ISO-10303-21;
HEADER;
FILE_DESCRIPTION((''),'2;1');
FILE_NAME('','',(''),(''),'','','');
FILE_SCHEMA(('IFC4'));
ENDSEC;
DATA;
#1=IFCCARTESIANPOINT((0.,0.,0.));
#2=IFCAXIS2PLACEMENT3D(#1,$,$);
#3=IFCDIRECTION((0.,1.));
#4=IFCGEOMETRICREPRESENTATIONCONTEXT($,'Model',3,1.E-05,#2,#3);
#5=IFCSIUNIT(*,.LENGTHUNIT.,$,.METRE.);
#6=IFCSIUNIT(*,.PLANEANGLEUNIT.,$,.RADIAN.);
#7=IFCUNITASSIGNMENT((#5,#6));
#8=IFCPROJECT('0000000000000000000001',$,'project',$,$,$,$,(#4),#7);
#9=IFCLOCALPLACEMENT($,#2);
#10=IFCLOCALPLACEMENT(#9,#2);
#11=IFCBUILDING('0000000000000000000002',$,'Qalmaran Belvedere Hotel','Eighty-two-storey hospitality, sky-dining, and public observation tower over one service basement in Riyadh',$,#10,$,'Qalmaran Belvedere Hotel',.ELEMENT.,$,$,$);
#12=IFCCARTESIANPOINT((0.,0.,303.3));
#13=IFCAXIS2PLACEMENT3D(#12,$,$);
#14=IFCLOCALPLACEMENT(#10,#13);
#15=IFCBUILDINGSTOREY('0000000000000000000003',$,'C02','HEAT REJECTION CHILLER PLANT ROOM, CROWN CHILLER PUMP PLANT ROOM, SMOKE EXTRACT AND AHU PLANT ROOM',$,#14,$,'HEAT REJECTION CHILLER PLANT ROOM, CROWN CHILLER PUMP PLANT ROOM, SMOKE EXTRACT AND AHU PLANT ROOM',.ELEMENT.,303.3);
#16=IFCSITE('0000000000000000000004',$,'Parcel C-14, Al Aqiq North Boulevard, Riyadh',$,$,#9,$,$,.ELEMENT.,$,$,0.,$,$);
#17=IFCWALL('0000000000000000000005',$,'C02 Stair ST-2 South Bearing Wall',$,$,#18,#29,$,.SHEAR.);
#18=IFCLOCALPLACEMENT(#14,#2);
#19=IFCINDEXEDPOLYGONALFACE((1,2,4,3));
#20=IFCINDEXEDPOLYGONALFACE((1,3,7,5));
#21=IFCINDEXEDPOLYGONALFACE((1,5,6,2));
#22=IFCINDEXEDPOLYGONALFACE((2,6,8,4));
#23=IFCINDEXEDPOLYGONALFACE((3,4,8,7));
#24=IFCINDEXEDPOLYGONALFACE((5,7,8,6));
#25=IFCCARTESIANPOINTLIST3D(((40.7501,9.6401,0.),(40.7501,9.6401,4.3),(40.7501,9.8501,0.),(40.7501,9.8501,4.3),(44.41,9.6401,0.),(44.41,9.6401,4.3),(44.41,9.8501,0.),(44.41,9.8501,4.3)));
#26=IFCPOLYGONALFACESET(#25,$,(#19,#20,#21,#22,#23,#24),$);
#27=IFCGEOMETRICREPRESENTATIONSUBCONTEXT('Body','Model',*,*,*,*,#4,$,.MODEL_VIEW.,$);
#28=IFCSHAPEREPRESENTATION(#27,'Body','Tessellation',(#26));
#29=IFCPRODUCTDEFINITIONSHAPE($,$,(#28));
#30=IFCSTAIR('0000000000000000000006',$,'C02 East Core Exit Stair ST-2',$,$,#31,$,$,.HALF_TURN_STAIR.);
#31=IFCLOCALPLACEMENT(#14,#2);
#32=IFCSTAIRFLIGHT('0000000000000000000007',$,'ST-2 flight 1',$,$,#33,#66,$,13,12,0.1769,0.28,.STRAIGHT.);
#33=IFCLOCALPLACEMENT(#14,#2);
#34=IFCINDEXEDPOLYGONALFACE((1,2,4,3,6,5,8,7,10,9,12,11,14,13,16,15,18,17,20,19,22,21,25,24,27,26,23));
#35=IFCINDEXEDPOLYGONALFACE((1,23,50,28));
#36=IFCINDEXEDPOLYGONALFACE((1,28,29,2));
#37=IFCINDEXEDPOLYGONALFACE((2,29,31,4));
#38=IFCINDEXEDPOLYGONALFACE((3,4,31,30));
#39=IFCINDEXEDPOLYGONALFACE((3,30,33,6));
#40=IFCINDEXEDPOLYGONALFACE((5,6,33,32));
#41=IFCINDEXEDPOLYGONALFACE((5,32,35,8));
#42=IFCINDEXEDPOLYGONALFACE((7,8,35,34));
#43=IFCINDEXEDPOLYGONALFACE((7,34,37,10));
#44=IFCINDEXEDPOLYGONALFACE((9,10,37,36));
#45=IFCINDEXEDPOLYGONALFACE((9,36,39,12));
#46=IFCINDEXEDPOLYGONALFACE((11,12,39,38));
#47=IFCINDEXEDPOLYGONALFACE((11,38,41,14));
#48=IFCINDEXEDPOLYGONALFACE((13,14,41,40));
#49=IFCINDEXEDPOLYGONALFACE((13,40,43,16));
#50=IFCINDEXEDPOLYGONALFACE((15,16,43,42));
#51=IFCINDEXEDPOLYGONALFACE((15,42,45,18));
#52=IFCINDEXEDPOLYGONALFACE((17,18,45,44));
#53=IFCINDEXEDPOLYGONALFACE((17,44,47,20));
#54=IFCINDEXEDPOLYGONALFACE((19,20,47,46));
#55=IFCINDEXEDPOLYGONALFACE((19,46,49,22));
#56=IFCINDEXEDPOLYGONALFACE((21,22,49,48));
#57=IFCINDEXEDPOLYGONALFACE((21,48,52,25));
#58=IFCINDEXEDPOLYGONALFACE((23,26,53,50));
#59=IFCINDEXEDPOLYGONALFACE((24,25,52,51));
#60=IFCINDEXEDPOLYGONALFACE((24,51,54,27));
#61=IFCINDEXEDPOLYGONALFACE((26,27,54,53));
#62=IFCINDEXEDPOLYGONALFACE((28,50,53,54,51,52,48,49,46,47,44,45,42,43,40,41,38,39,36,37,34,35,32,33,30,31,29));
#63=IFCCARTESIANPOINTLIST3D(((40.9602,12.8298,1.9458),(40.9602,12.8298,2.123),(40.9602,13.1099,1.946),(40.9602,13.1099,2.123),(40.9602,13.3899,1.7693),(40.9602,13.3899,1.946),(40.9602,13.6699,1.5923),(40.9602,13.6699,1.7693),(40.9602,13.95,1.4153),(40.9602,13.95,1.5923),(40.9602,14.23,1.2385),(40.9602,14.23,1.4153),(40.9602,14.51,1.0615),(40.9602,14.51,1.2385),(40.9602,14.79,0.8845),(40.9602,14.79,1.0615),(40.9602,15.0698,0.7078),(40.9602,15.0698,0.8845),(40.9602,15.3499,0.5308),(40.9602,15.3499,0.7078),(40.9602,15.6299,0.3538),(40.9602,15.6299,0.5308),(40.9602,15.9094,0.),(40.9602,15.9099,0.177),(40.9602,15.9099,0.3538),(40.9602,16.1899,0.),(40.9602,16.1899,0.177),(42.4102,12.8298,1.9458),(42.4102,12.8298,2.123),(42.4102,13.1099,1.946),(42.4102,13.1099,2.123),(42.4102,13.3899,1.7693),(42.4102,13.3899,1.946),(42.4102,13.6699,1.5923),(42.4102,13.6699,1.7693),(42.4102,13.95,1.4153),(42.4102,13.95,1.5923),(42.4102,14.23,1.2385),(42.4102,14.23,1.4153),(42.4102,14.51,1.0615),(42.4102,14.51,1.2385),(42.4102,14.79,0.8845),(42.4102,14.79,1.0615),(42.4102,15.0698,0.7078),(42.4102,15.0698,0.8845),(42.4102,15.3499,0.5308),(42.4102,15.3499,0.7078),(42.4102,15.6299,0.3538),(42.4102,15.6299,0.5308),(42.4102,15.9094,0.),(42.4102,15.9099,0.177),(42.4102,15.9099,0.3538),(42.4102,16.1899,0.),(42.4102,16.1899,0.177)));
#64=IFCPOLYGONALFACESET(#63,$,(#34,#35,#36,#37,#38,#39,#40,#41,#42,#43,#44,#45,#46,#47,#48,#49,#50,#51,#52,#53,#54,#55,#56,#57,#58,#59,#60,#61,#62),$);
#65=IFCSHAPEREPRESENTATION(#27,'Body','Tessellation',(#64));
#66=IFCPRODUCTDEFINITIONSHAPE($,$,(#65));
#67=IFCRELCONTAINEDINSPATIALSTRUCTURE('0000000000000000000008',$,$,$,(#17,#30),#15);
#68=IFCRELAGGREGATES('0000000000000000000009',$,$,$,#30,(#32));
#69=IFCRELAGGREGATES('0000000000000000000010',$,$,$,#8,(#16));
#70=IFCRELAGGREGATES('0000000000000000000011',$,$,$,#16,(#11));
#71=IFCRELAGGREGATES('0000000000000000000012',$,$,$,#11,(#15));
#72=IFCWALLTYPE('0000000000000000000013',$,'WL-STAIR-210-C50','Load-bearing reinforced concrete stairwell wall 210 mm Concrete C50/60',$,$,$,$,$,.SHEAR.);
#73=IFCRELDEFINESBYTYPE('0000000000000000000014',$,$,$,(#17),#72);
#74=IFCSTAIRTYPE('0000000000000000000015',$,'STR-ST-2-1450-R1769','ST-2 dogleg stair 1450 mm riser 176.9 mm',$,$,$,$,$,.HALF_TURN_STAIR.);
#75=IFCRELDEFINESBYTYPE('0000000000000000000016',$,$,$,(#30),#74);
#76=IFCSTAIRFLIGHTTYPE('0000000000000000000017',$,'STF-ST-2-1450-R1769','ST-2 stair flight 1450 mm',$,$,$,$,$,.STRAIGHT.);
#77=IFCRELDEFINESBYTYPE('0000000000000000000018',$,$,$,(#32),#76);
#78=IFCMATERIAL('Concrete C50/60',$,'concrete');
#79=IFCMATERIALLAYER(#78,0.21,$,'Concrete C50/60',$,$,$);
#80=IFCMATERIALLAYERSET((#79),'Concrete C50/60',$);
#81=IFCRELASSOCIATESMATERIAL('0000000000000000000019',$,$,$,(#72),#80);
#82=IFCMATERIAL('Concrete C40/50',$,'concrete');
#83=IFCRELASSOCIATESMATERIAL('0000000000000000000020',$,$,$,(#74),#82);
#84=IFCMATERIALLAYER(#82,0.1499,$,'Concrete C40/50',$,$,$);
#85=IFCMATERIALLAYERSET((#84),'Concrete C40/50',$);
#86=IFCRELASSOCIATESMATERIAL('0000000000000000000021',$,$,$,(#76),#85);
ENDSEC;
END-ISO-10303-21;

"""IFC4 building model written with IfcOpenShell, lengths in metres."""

from ifc_helpers import new_model, si_unit, direction, frame, frame_2d, origin, place, context, subcontext, project, spatial, polyline, rectangle, outline, extrude, material, layer, layer_set, type_object, element, aggregate, save


model = new_model("IFC4")

# Units and contexts
model_context = context("Model", 3, precision=1e-05, world=origin(), true_north=direction((0.0, 1.0)))
body_context = subcontext(model_context, "Body", "Model", "MODEL_VIEW")
ifc_project = project(units=[si_unit("LENGTHUNIT", "METRE"), si_unit("PLANEANGLEUNIT", "RADIAN")], contexts=[model_context])

# Site, building, storey
site_placement = place(None, origin())
site = spatial("IfcSite", under=ifc_project, at=site_placement, Name="Parcel C-14, Al Aqiq North Boulevard, Riyadh", CompositionType="ELEMENT", RefElevation=0.0)
building_placement = place(site_placement, origin())
building = spatial("IfcBuilding", under=site, at=building_placement, Name="Qalmaran Belvedere Hotel", Description="Eighty-two-storey hospitality, sky-dining, and public observation tower over one service basement in Riyadh", LongName="Qalmaran Belvedere Hotel", CompositionType="ELEMENT")
storey_placement = place(building_placement, frame((0.0, 0.0, 303.3)))
storey = spatial("IfcBuildingStorey", under=building, at=storey_placement, Name="C02", Description="HEAT REJECTION CHILLER PLANT ROOM, CROWN CHILLER PUMP PLANT ROOM, SMOKE EXTRACT AND AHU PLANT ROOM", LongName="HEAT REJECTION CHILLER PLANT ROOM, CROWN CHILLER PUMP PLANT ROOM, SMOKE EXTRACT AND AHU PLANT ROOM", CompositionType="ELEMENT", Elevation=303.3)

# Shared definitions
ifc_material_1 = material(Name="Concrete C50/60", Category="concrete")

# Wall
ifc_layer_1 = layer(ifc_material_1, 0.21, Name="Concrete C50/60")
ifc_layer_set_1 = layer_set([ifc_layer_1], Name="Concrete C50/60")
wall_type_1 = type_object("IfcWallType", Name="WL-STAIR-210-C50", Description="Load-bearing reinforced concrete stairwell wall 210 mm Concrete C50/60", PredefinedType="SHEAR", material=ifc_layer_set_1)
wall_1_placement = place(storey_placement, frame((40.75, 9.7451, 0.0), z_axis=(0.0, 0.0, 1.0), x_axis=(1.0, 0.0, 0.0)))
element("IfcWall", 1, at=wall_1_placement, inside=storey, type_object=wall_type_1, Name="C02 Stair ST-2 South Bearing Wall", PredefinedType="SHEAR", context=body_context, shape_type="SweptSolid", body=[
    extrude(rectangle(XDim=3.6599, YDim=0.21, at=frame_2d((1.8301, 0.0))), origin(), (0.0, 0.0, 1.0), 4.3),
])

# Stair, stair flight
ifc_material_2 = material(Name="Concrete C40/50", Category="concrete")
stair_type = type_object("IfcStairType", Name="STR-ST-2-1450-R1769", Description="ST-2 dogleg stair 1450 mm riser 176.9 mm", PredefinedType="HALF_TURN_STAIR", material=ifc_material_2)
stair_placement = place(storey_placement, origin())
stair = element("IfcStair", 2, at=stair_placement, inside=storey, type_object=stair_type, Name="C02 East Core Exit Stair ST-2", PredefinedType="HALF_TURN_STAIR")
ifc_layer_2 = layer(ifc_material_2, 0.1499, Name="Concrete C40/50")
ifc_layer_set_2 = layer_set([ifc_layer_2], Name="Concrete C40/50")
stair_flight_type = type_object("IfcStairFlightType", Name="STF-ST-2-1450-R1769", Description="ST-2 stair flight 1450 mm", PredefinedType="STRAIGHT", material=ifc_layer_set_2)
stair_flight_placement = place(storey_placement, frame((41.6851, 16.1899, 0.0), z_axis=(0.0, 0.0, 1.0), x_axis=(0.0, -1.0, 0.0)))
stair_flight = element("IfcStairFlight", 3, at=stair_flight_placement, type_object=stair_flight_type, Name="ST-2 flight 1", NumberOfRisers=13, NumberOfTreads=12, PredefinedType="STRAIGHT", RiserHeight=0.1769, TreadLength=0.28, context=body_context, shape_type="SweptSolid", body=[
    extrude(outline(polyline([(0.0, 0.0), (0.0, 0.177), (0.28, 0.177), (0.28, 0.3538), (0.5601, 0.3538), (0.5601, 0.5308), (0.8401, 0.5308), (0.8401, 0.7078), (1.1201, 0.7078), (1.1201, 0.8845), (1.3999, 0.8845), (1.3999, 1.0615), (1.6799, 1.0615), (1.6799, 1.2385), (1.96, 1.2385), (1.96, 1.4153), (2.24, 1.4153), (2.24, 1.5923), (2.52, 1.5923), (2.52, 1.7693), (2.8, 1.7693), (2.8, 1.946), (3.0801, 1.946), (3.0801, 2.123), (3.3601, 2.123), (3.3601, 2.3), (3.3601, 1.9458), (0.2805, 0.0), (0.0, 0.0)])), frame((0.0, 0.7251, 0.0), z_axis=(0.0, -1.0, 0.0), x_axis=(1.0, 0.0, 0.0)), (0.0, 0.0, 1.0), 1.45),
])
aggregate(stair, [stair_flight])

save(model, "model.ifc")
